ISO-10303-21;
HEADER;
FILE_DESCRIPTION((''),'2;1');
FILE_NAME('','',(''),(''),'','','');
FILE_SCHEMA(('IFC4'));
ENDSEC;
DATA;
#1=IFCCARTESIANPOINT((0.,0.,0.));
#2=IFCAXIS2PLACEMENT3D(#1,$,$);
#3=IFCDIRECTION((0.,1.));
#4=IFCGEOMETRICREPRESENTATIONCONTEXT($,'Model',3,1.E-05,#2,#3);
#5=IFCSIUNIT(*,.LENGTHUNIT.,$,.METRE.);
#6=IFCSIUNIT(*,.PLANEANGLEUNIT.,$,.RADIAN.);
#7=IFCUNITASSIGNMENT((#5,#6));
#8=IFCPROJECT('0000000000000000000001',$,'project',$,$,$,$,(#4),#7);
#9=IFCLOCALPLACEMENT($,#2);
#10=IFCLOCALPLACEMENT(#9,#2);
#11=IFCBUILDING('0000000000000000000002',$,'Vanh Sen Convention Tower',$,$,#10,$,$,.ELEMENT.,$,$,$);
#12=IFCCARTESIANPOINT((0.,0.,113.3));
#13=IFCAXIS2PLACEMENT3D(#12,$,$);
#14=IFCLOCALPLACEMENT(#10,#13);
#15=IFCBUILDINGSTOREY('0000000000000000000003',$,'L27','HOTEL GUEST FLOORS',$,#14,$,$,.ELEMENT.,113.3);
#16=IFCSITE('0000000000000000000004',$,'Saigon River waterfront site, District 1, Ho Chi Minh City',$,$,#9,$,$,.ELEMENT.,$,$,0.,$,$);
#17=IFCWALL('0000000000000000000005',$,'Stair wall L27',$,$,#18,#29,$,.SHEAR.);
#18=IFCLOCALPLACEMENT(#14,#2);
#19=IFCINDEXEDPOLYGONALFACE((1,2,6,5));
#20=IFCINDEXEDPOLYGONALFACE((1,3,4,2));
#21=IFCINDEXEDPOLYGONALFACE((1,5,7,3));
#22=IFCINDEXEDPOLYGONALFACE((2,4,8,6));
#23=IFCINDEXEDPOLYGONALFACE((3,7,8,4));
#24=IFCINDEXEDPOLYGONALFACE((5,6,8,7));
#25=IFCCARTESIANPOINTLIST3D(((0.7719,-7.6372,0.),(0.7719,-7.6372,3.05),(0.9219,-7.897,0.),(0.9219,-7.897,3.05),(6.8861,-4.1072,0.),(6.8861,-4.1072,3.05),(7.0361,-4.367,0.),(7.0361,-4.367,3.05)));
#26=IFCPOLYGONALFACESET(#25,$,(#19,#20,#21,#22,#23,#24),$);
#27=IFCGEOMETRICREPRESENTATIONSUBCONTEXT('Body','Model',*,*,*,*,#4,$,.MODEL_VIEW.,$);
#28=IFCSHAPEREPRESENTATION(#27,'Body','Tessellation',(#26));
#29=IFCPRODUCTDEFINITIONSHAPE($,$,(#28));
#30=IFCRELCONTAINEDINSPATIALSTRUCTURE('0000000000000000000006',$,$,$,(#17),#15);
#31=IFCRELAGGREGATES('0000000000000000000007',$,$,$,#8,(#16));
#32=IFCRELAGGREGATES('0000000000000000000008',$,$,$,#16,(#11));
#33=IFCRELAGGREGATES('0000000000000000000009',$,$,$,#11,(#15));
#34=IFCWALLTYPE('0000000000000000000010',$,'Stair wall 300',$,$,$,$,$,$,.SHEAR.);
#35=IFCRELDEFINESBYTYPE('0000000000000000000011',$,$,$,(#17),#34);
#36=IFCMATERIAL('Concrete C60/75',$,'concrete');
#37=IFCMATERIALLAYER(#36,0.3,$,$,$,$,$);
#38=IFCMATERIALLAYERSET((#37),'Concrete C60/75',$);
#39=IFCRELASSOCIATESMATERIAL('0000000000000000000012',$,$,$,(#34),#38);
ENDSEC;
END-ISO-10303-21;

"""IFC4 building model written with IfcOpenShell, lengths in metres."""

from ifc_helpers import new_model, si_unit, direction, frame, frame_2d, origin, place, context, subcontext, project, spatial, rectangle, extrude, material, layer, layer_set, type_object, element, save


model = new_model("IFC4")

# Units and contexts
model_context = context("Model", 3, precision=1e-05, world=origin(), true_north=direction((0.0, 1.0)))
body_context = subcontext(model_context, "Body", "Model", "MODEL_VIEW")
ifc_project = project(units=[si_unit("LENGTHUNIT", "METRE"), si_unit("PLANEANGLEUNIT", "RADIAN")], contexts=[model_context])

# Site, building, storey
site_placement = place(None, origin())
site = spatial("IfcSite", under=ifc_project, at=site_placement, Name="Saigon River waterfront site, District 1, Ho Chi Minh City", CompositionType="ELEMENT", RefElevation=0.0)
building_placement = place(site_placement, origin())
building = spatial("IfcBuilding", under=site, at=building_placement, Name="Vanh Sen Convention Tower", CompositionType="ELEMENT")
storey_placement = place(building_placement, frame((0.0, 0.0, 113.3)))
storey = spatial("IfcBuildingStorey", under=building, at=storey_placement, Name="L27", Description="HOTEL GUEST FLOORS", CompositionType="ELEMENT", Elevation=113.3)

# Shared definitions
ifc_material_1 = material(Name="Concrete C60/75", Category="concrete")
ifc_layer_1 = layer(ifc_material_1, 0.3)
ifc_layer_set_1 = layer_set([ifc_layer_1], Name="Concrete C60/75")
wall_type_1 = type_object("IfcWallType", Name="Stair wall 300", PredefinedType="SHEAR", material=ifc_layer_set_1)

# Wall
for number, where, z_axis, x_axis, name in (
    (1, (0.8469, -7.7671, 0.0), (0.0, 0.0, 1.0), (0.866028, 0.499996, 0.0), "Stair wall L27"),
):
    element("IfcWall", number, at=place(storey_placement, frame(where, z_axis=z_axis, x_axis=x_axis)), inside=storey, type_object=wall_type_1, Name=name, PredefinedType="SHEAR", context=body_context, shape_type="SweptSolid", body=[
        extrude(rectangle(XDim=7.0601, YDim=0.3, at=frame_2d((3.53, 0.0))), origin(), (0.0, 0.0, 1.0), 3.05),
    ])

save(model, "model.ifc")
